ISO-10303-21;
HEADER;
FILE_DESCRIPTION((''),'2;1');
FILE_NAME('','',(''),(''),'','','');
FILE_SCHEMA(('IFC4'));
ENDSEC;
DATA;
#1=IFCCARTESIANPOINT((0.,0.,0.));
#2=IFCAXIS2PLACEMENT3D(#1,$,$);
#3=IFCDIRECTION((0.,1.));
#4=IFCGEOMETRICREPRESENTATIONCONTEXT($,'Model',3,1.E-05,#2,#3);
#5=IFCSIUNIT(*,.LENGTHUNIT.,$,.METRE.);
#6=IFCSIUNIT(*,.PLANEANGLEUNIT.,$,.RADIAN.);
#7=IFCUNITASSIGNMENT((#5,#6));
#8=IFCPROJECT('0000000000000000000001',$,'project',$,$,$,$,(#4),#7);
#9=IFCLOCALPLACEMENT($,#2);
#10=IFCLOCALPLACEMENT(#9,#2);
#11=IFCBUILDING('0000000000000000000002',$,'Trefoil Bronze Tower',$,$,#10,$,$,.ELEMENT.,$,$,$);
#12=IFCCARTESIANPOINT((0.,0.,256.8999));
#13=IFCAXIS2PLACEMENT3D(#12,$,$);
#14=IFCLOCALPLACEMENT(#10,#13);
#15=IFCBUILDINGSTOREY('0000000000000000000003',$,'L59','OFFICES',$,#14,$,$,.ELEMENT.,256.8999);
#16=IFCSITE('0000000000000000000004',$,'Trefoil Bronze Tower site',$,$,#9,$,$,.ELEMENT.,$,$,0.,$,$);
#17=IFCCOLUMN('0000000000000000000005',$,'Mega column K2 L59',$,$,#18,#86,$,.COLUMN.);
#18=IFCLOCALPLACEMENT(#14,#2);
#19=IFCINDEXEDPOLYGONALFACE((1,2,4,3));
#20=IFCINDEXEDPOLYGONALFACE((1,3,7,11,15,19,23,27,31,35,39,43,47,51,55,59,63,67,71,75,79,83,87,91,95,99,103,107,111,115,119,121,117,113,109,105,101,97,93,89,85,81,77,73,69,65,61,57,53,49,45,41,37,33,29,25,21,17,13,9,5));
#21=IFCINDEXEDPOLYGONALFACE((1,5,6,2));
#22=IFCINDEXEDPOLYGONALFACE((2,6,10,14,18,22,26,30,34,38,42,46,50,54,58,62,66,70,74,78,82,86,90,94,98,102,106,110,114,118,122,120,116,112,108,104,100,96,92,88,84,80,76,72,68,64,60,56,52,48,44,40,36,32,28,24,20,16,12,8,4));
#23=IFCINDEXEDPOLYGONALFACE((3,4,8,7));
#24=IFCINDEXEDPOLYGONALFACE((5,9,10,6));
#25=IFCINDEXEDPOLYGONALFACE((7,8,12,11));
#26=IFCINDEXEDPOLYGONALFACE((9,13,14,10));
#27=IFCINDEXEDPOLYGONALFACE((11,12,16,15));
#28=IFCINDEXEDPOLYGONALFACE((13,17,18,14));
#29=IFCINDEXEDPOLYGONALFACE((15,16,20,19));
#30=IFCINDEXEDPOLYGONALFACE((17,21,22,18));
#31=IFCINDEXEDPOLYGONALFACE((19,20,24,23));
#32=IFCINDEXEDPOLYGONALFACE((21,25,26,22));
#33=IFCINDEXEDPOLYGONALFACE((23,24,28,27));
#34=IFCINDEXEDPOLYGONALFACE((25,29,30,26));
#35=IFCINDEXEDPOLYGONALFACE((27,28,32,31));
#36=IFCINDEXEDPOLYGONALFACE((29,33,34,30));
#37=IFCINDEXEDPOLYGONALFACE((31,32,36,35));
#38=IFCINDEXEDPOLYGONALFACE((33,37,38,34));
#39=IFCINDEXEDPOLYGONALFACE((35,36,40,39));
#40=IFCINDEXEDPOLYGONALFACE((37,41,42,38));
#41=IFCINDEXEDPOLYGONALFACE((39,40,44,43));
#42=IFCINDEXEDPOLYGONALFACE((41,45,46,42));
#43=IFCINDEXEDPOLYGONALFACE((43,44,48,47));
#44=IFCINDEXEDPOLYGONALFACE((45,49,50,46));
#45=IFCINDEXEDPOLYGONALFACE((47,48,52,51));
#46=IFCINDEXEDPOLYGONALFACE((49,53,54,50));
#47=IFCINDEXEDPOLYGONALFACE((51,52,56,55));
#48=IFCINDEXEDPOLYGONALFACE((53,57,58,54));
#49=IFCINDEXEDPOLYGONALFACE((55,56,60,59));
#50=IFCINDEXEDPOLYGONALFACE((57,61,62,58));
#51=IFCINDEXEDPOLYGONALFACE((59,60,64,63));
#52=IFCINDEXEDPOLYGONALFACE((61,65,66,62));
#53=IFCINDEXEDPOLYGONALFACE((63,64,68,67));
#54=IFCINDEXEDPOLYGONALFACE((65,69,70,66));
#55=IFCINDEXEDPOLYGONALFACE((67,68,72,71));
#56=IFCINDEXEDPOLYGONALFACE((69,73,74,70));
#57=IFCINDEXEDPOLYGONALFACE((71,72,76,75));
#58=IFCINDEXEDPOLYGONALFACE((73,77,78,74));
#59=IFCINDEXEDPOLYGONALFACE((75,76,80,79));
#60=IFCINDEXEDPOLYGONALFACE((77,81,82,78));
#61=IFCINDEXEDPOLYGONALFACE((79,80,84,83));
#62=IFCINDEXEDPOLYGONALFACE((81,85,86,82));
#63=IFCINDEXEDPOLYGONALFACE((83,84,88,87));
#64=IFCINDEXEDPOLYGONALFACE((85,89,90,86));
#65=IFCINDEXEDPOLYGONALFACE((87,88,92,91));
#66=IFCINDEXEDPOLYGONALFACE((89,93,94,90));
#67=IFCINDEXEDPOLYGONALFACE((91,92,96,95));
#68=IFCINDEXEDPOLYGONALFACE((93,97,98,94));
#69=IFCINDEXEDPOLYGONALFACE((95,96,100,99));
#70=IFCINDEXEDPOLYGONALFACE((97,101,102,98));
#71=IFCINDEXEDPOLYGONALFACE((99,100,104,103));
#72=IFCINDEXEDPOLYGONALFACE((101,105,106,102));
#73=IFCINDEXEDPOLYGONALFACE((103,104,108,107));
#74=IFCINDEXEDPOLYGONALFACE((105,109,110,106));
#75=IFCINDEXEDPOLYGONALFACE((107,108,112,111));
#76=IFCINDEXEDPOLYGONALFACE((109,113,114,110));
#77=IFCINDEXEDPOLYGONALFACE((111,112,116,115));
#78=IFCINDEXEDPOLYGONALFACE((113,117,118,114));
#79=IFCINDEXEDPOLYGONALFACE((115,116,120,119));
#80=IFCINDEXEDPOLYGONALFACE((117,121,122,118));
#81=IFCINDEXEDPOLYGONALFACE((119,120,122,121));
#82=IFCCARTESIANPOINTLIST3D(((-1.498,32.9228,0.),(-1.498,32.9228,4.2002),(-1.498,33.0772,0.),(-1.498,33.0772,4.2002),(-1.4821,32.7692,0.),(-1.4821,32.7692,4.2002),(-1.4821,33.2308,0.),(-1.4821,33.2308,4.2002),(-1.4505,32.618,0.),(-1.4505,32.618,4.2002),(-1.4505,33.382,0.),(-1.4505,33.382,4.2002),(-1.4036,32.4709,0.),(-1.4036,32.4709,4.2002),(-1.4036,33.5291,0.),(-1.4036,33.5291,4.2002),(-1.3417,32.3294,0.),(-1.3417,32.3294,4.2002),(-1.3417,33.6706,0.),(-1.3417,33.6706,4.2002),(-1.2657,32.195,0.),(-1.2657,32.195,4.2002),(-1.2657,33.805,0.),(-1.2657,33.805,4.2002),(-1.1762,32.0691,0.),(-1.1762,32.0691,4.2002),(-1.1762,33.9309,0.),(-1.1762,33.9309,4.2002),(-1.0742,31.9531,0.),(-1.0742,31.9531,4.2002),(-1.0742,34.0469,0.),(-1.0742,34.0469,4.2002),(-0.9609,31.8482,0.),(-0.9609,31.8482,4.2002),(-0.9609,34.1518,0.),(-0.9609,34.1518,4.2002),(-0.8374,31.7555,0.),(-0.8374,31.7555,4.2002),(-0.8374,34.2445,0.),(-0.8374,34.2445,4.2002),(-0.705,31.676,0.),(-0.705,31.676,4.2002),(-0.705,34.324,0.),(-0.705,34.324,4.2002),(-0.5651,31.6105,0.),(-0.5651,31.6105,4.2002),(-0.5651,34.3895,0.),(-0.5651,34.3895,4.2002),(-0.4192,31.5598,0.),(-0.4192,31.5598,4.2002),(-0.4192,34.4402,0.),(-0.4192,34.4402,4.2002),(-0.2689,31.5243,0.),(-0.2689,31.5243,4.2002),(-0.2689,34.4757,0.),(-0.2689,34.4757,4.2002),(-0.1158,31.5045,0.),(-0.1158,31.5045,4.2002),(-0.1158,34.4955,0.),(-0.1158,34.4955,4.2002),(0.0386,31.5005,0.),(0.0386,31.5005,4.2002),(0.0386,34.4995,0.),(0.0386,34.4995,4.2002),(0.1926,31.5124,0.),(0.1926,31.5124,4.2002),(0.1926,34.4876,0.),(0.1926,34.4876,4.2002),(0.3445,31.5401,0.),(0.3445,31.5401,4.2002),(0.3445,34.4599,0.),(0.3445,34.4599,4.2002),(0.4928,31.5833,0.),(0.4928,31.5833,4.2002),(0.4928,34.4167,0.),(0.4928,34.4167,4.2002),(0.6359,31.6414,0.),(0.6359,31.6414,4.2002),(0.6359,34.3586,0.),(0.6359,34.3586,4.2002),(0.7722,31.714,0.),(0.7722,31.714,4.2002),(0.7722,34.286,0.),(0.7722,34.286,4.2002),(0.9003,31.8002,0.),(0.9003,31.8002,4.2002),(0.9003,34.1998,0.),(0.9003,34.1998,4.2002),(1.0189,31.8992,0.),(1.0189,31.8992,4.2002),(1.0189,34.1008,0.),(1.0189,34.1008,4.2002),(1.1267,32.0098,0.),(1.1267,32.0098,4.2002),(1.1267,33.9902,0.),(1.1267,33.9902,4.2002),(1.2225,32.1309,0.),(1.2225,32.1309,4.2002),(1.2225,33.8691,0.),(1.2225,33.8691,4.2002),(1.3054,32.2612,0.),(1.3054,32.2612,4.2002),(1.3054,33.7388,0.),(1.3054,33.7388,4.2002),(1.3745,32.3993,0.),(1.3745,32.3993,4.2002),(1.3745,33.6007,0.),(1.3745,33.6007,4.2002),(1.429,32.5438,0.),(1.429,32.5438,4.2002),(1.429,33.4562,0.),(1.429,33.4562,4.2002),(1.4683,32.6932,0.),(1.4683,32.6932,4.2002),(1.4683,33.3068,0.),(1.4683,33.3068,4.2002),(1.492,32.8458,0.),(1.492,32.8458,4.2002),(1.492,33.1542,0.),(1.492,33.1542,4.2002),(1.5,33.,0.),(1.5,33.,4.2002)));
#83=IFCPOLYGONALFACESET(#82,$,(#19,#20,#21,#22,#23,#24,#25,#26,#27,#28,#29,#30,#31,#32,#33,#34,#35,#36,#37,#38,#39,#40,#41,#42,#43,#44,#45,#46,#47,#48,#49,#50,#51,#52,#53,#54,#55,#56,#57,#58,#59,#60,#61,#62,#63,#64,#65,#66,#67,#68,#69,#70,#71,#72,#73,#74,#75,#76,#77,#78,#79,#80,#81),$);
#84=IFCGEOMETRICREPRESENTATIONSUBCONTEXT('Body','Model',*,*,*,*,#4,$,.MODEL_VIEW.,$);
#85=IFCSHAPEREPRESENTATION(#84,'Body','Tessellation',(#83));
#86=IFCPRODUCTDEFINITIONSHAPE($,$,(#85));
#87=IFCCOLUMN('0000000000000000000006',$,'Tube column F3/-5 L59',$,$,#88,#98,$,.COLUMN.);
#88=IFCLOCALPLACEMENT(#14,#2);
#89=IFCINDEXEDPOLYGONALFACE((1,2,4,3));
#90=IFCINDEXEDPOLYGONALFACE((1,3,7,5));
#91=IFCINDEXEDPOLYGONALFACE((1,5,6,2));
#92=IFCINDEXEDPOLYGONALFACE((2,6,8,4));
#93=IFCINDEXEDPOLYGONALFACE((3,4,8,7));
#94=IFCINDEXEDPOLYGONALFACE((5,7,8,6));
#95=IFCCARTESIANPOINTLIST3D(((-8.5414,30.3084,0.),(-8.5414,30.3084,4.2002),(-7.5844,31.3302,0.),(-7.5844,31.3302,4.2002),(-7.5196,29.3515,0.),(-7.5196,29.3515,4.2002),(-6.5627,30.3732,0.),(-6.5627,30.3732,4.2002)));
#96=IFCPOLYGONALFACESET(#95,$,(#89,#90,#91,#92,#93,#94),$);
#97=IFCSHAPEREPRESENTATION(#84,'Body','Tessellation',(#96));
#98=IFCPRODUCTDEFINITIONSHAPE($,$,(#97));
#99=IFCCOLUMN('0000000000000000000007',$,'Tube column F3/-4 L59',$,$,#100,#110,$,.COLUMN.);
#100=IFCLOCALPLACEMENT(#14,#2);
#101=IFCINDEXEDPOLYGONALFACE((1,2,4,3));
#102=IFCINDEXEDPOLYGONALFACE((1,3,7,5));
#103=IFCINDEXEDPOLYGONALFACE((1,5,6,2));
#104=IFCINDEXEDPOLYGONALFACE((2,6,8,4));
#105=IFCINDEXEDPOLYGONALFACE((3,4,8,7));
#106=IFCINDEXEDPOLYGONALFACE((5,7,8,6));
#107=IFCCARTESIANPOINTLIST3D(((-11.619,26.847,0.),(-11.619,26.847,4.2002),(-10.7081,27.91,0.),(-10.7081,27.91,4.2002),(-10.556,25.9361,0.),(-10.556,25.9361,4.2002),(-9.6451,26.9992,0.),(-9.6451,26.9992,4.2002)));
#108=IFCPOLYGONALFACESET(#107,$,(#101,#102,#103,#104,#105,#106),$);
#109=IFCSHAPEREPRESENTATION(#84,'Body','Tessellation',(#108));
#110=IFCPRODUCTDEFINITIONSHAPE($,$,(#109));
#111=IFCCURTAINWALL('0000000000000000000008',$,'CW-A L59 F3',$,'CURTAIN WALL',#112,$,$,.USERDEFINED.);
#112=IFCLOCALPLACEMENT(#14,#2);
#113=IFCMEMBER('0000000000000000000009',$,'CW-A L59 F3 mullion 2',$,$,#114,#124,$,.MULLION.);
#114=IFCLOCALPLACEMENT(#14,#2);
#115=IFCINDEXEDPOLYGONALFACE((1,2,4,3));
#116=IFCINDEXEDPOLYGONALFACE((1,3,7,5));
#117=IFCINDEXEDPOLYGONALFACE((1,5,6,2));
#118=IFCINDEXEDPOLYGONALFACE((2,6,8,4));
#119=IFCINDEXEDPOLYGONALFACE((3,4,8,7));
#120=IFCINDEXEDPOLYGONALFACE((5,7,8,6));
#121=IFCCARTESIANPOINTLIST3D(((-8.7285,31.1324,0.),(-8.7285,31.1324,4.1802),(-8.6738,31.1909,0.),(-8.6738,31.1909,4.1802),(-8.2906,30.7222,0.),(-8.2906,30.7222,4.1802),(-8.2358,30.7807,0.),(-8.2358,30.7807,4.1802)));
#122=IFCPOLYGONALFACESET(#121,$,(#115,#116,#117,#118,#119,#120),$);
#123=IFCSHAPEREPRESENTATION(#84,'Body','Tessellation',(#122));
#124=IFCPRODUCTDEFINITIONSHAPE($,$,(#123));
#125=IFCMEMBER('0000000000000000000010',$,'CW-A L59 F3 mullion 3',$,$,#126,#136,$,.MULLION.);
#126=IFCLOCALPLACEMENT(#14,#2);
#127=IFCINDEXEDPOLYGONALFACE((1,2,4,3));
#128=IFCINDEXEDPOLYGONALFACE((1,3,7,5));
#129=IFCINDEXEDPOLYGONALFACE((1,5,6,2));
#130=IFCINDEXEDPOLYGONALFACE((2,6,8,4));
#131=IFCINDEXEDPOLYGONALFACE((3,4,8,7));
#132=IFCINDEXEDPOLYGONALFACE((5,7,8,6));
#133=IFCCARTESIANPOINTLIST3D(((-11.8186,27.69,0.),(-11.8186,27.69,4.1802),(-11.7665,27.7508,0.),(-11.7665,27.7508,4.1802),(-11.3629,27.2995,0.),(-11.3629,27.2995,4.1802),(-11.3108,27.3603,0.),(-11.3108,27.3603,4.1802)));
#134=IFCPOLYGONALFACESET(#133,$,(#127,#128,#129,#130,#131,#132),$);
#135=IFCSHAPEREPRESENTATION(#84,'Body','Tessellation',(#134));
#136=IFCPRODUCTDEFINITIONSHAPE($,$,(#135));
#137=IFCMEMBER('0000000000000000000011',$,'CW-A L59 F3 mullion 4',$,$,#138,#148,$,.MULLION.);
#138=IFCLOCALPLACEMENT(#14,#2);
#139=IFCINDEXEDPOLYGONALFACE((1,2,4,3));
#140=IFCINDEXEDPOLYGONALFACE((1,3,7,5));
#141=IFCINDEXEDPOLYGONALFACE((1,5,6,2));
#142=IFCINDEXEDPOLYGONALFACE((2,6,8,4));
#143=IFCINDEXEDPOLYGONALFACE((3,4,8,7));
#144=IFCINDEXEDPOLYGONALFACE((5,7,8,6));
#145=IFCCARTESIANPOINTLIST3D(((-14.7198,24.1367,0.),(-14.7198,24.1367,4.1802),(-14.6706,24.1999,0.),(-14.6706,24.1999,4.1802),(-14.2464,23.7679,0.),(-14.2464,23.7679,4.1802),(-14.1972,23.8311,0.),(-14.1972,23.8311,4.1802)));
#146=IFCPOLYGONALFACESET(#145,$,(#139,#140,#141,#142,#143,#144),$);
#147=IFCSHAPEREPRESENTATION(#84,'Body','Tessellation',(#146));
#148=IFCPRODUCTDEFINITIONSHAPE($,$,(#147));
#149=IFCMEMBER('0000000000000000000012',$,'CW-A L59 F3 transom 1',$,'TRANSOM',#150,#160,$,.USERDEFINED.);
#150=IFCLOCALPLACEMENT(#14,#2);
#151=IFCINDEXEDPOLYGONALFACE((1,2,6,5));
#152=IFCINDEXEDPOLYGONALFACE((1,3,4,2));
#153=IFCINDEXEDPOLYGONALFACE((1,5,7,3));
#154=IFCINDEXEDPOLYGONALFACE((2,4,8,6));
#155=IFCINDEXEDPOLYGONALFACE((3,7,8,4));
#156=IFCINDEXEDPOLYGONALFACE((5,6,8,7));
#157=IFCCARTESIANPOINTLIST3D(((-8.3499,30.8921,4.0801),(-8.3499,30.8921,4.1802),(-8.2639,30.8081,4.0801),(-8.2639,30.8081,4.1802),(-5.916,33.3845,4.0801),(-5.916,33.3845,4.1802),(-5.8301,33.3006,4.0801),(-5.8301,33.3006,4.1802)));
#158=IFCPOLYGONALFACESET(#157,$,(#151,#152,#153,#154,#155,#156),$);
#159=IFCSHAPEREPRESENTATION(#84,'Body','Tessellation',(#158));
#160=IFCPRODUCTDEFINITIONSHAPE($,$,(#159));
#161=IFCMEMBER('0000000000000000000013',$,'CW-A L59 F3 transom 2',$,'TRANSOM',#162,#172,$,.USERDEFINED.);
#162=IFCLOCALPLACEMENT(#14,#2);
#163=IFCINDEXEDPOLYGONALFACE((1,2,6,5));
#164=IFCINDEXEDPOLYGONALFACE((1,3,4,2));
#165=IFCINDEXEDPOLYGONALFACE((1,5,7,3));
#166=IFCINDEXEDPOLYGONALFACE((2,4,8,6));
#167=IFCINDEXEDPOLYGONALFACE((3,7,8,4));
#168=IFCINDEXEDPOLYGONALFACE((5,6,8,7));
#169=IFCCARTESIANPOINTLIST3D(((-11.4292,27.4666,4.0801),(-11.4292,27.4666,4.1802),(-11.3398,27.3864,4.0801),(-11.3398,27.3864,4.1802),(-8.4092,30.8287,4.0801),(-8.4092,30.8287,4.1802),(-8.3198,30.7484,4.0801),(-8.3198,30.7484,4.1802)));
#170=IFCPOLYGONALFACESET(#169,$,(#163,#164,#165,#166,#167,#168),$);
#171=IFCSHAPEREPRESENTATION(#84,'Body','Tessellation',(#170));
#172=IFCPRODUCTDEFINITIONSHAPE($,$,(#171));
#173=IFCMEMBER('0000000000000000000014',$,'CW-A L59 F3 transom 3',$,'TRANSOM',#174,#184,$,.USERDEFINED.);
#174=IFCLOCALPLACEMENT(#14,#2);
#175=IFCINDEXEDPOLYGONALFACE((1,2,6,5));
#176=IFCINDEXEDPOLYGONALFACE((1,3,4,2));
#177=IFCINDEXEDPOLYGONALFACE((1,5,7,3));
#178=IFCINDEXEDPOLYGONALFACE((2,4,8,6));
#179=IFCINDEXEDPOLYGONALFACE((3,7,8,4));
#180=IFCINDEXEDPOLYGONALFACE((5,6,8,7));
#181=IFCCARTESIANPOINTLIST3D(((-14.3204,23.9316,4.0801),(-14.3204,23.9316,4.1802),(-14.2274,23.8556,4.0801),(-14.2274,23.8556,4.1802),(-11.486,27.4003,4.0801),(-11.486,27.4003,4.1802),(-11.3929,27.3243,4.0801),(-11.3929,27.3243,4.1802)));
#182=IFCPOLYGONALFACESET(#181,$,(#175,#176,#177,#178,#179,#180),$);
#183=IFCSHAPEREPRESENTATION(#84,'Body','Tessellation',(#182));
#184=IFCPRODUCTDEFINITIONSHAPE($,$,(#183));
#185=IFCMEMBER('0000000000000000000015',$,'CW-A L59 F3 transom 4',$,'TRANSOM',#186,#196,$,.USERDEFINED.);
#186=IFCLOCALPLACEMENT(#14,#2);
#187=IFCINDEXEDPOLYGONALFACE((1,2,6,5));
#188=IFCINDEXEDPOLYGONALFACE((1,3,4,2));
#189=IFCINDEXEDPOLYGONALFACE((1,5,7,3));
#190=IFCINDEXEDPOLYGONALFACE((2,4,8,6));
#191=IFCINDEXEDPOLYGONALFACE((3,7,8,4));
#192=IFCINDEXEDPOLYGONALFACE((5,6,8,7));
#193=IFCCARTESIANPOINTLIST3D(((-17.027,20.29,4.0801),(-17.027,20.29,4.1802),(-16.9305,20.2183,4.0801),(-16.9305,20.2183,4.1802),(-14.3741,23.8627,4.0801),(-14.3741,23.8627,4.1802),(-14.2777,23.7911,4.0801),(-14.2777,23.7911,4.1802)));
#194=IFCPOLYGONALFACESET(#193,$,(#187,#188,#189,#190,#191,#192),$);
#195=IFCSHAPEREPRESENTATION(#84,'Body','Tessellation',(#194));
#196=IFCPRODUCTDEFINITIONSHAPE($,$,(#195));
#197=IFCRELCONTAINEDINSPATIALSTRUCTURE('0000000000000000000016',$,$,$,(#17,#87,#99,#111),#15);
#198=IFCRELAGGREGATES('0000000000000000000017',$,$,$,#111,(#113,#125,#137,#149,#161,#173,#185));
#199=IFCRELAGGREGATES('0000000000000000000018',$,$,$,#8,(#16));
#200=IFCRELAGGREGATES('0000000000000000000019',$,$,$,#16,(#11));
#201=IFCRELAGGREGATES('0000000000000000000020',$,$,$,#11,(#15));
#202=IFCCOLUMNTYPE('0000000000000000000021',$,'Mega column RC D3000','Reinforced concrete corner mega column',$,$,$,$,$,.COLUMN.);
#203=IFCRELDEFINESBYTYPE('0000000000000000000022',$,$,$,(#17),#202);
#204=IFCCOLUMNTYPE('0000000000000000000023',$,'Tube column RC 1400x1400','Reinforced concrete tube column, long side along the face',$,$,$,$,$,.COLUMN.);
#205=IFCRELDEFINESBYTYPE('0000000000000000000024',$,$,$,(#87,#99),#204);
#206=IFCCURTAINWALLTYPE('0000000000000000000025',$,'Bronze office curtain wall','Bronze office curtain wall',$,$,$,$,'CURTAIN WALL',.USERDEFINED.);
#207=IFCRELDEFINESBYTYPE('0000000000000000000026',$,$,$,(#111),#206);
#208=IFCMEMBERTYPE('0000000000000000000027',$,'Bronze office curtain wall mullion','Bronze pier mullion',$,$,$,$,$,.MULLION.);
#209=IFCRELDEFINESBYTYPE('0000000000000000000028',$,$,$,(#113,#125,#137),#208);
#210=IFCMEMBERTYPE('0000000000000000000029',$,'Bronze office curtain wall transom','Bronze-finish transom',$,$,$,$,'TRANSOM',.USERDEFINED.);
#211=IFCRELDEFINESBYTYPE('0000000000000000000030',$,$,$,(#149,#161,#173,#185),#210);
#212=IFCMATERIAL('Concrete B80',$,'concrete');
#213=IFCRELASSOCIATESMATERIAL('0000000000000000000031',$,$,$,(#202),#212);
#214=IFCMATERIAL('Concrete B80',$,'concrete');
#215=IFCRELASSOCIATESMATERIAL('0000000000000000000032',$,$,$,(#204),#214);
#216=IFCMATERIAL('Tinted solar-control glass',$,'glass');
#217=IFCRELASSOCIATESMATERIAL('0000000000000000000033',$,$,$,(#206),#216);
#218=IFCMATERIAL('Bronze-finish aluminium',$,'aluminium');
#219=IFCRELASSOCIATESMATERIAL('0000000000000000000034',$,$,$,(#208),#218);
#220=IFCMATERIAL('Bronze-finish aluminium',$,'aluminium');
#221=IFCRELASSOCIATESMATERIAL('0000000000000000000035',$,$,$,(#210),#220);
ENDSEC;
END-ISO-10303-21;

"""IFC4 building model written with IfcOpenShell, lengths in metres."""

from ifc_helpers import new_model, si_unit, direction, frame, origin, origin_2d, place, context, subcontext, project, spatial, rectangle, circle, extrude, material, material_profile, profile_set, type_object, element, aggregate, save


model = new_model("IFC4")

# Units and contexts
model_context = context("Model", 3, precision=1e-05, world=origin(), true_north=direction((0.0, 1.0)))
body_context = subcontext(model_context, "Body", "Model", "MODEL_VIEW")
ifc_project = project(units=[si_unit("LENGTHUNIT", "METRE"), si_unit("PLANEANGLEUNIT", "RADIAN")], contexts=[model_context])

# Site, building, storey
site_placement = place(None, origin())
site = spatial("IfcSite", under=ifc_project, at=site_placement, Name="Trefoil Bronze Tower site", CompositionType="ELEMENT", RefElevation=0.0)
building_placement = place(site_placement, origin())
building = spatial("IfcBuilding", under=site, at=building_placement, Name="Trefoil Bronze Tower", CompositionType="ELEMENT")
storey_placement = place(building_placement, frame((0.0, 0.0, 256.8999)))
storey = spatial("IfcBuildingStorey", under=building, at=storey_placement, Name="L59", Description="OFFICES", CompositionType="ELEMENT", Elevation=256.8999)

# Columns
ifc_material_1 = material(Name="Concrete B80", Category="concrete")
ifc_material_profile_1 = material_profile(ifc_material_1, circle(Radius=1.5, at=origin_2d()), Name="RC D3000")
ifc_profile_set_1 = profile_set([ifc_material_profile_1], Name="Concrete B80")
column_type_1 = type_object("IfcColumnType", Name="Mega column RC D3000", Description="Reinforced concrete corner mega column", PredefinedType="COLUMN", material=ifc_profile_set_1)
column_placement = place(storey_placement, frame((0.0, 33.0, 0.0), z_axis=(0.0, 0.0, 1.0), x_axis=(1.0, 0.0, 0.0)))
element("IfcColumn", 1, at=column_placement, inside=storey, type_object=column_type_1, Name="Mega column K2 L59", PredefinedType="COLUMN", context=body_context, shape_type="SweptSolid", body=[
    extrude(circle(Radius=1.5, at=origin_2d()), origin(), (0.0, 0.0, 1.0), 4.2002),
])
ifc_material_2 = material(Name="Concrete B80", Category="concrete")
ifc_material_profile_2 = material_profile(ifc_material_2, rectangle(XDim=1.3999, YDim=1.3999, at=origin_2d()), Name="RC 1400x1400")
ifc_profile_set_2 = profile_set([ifc_material_profile_2], Name="Concrete B80")
column_type_2 = type_object("IfcColumnType", Name="Tube column RC 1400x1400", Description="Reinforced concrete tube column, long side along the face", PredefinedType="COLUMN", material=ifc_profile_set_2)
for number, where, z_axis, x_axis, name in (
    (2, (-7.552, 30.3408, 0.0), (0.0, 0.0, 1.0), (-0.683597, -0.72986, 0.0), "Tube column F3/-5 L59"),
    (3, (-10.6321, 26.9231, 0.0), (0.0, 0.0, 1.0), (-0.650677, -0.759355, 0.0), "Tube column F3/-4 L59"),
):
    element("IfcColumn", number, at=place(storey_placement, frame(where, z_axis=z_axis, x_axis=x_axis)), inside=storey, type_object=column_type_2, Name=name, PredefinedType="COLUMN", context=body_context, shape_type="SweptSolid", body=[
        extrude(rectangle(XDim=1.3999, YDim=1.3999, at=origin_2d()), origin(), (0.0, 0.0, 1.0), 4.2002),
    ])

# Curtain wall, members
ifc_material_3 = material(Name="Tinted solar-control glass", Category="glass")
curtain_wall_type_1 = type_object("IfcCurtainWallType", Name="Bronze office curtain wall", Description="Bronze office curtain wall", ElementType="CURTAIN WALL", PredefinedType="USERDEFINED", material=ifc_material_3)
curtain_wall_1_placement = place(storey_placement, origin())
curtain_wall_1 = element("IfcCurtainWall", 4, at=curtain_wall_1_placement, inside=storey, type_object=curtain_wall_type_1, Name="CW-A L59 F3", ObjectType="CURTAIN WALL", PredefinedType="USERDEFINED")
ifc_material_4 = material(Name="Bronze-finish aluminium", Category="aluminium")
ifc_material_profile_3 = material_profile(ifc_material_4, rectangle(XDim=0.6001, YDim=0.0801, at=origin_2d()), Name="CW-A mullion")
ifc_profile_set_3 = profile_set([ifc_material_profile_3], Name="Bronze-finish aluminium")
member_type_1 = type_object("IfcMemberType", Name="Bronze office curtain wall mullion", Description="Bronze pier mullion", PredefinedType="MULLION", material=ifc_profile_set_3)
member_1_placement = place(storey_placement, frame((-8.4822, 30.9565, 0.0), z_axis=(0.0, 0.0, 1.0), x_axis=(0.72986, -0.683597, 0.0)))
member_1 = element("IfcMember", 5, at=member_1_placement, type_object=member_type_1, Name="CW-A L59 F3 mullion 2", PredefinedType="MULLION", context=body_context, shape_type="SweptSolid", body=[
    extrude(rectangle(XDim=0.6001, YDim=0.0801, at=origin_2d()), origin(), (0.0, 0.0, 1.0), 4.1802),
])
member_2_placement = place(storey_placement, frame((-11.5647, 27.5251, 0.0), z_axis=(0.0, 0.0, 1.0), x_axis=(0.759355, -0.650677, 0.0)))
member_2 = element("IfcMember", 6, at=member_2_placement, type_object=member_type_1, Name="CW-A L59 F3 mullion 3", PredefinedType="MULLION", context=body_context, shape_type="SweptSolid", body=[
    extrude(rectangle(XDim=0.6001, YDim=0.0801, at=origin_2d()), origin(), (0.0, 0.0, 1.0), 4.1802),
])
member_3_placement = place(storey_placement, frame((-14.4585, 23.9839, 0.0), z_axis=(0.0, 0.0, 1.0), x_axis=(0.788821, -0.614622, 0.0)))
member_3 = element("IfcMember", 7, at=member_3_placement, type_object=member_type_1, Name="CW-A L59 F3 mullion 4", PredefinedType="MULLION", context=body_context, shape_type="SweptSolid", body=[
    extrude(rectangle(XDim=0.6001, YDim=0.0801, at=origin_2d()), origin(), (0.0, 0.0, 1.0), 4.1802),
])
ifc_material_5 = material(Name="Bronze-finish aluminium", Category="aluminium")
ifc_material_profile_4 = material_profile(ifc_material_5, rectangle(XDim=0.1201, YDim=0.1001, at=origin_2d()), Name="CW-A transom")
ifc_profile_set_4 = profile_set([ifc_material_profile_4], Name="Bronze-finish aluminium")
member_type_2 = type_object("IfcMemberType", Name="Bronze office curtain wall transom", Description="Bronze-finish transom", ElementType="TRANSOM", PredefinedType="USERDEFINED", material=ifc_profile_set_4)
member_4_placement = place(storey_placement, frame((-5.873, 33.3425, 4.1301), z_axis=(-0.698647, -0.715467, 0.0), x_axis=(0.715467, -0.698647, 0.0)))
member_4 = element("IfcMember", 8, at=member_4_placement, type_object=member_type_2, Name="CW-A L59 F3 transom 1", ObjectType="TRANSOM", PredefinedType="USERDEFINED", context=body_context, shape_type="SweptSolid", body=[
    extrude(rectangle(XDim=0.1201, YDim=0.1001, at=origin_2d()), origin(), (0.0, 0.0, 1.0), 3.4836),
])
member_5_placement = place(storey_placement, frame((-8.3645, 30.7886, 4.1301), z_axis=(-0.668251, -0.743936, 0.0), x_axis=(0.743936, -0.668251, 0.0)))
member_5 = element("IfcMember", 9, at=member_5_placement, type_object=member_type_2, Name="CW-A L59 F3 transom 2", ObjectType="TRANSOM", PredefinedType="USERDEFINED", context=body_context, shape_type="SweptSolid", body=[
    extrude(rectangle(XDim=0.1201, YDim=0.1001, at=origin_2d()), origin(), (0.0, 0.0, 1.0), 4.5193),
])
member_6_placement = place(storey_placement, frame((-11.4395, 27.3623, 4.1301), z_axis=(-0.632757, -0.774351, 0.0), x_axis=(0.774351, -0.632757, 0.0)))
member_6 = element("IfcMember", 10, at=member_6_placement, type_object=member_type_2, Name="CW-A L59 F3 transom 3", ObjectType="TRANSOM", PredefinedType="USERDEFINED", context=body_context, shape_type="SweptSolid", body=[
    extrude(rectangle(XDim=0.1201, YDim=0.1001, at=origin_2d()), origin(), (0.0, 0.0, 1.0), 4.4795),
])
member_7_placement = place(storey_placement, frame((-14.3259, 23.8269, 4.1301), z_axis=(-0.596148, -0.802874, 0.0), x_axis=(0.802874, -0.596148, 0.0)))
member_7 = element("IfcMember", 11, at=member_7_placement, type_object=member_type_2, Name="CW-A L59 F3 transom 4", ObjectType="TRANSOM", PredefinedType="USERDEFINED", context=body_context, shape_type="SweptSolid", body=[
    extrude(rectangle(XDim=0.1201, YDim=0.1001, at=origin_2d()), origin(), (0.0, 0.0, 1.0), 4.45),
])

aggregate(curtain_wall_1, [member_1, member_2, member_3, member_4, member_5, member_6, member_7])

save(model, "model.ifc")
